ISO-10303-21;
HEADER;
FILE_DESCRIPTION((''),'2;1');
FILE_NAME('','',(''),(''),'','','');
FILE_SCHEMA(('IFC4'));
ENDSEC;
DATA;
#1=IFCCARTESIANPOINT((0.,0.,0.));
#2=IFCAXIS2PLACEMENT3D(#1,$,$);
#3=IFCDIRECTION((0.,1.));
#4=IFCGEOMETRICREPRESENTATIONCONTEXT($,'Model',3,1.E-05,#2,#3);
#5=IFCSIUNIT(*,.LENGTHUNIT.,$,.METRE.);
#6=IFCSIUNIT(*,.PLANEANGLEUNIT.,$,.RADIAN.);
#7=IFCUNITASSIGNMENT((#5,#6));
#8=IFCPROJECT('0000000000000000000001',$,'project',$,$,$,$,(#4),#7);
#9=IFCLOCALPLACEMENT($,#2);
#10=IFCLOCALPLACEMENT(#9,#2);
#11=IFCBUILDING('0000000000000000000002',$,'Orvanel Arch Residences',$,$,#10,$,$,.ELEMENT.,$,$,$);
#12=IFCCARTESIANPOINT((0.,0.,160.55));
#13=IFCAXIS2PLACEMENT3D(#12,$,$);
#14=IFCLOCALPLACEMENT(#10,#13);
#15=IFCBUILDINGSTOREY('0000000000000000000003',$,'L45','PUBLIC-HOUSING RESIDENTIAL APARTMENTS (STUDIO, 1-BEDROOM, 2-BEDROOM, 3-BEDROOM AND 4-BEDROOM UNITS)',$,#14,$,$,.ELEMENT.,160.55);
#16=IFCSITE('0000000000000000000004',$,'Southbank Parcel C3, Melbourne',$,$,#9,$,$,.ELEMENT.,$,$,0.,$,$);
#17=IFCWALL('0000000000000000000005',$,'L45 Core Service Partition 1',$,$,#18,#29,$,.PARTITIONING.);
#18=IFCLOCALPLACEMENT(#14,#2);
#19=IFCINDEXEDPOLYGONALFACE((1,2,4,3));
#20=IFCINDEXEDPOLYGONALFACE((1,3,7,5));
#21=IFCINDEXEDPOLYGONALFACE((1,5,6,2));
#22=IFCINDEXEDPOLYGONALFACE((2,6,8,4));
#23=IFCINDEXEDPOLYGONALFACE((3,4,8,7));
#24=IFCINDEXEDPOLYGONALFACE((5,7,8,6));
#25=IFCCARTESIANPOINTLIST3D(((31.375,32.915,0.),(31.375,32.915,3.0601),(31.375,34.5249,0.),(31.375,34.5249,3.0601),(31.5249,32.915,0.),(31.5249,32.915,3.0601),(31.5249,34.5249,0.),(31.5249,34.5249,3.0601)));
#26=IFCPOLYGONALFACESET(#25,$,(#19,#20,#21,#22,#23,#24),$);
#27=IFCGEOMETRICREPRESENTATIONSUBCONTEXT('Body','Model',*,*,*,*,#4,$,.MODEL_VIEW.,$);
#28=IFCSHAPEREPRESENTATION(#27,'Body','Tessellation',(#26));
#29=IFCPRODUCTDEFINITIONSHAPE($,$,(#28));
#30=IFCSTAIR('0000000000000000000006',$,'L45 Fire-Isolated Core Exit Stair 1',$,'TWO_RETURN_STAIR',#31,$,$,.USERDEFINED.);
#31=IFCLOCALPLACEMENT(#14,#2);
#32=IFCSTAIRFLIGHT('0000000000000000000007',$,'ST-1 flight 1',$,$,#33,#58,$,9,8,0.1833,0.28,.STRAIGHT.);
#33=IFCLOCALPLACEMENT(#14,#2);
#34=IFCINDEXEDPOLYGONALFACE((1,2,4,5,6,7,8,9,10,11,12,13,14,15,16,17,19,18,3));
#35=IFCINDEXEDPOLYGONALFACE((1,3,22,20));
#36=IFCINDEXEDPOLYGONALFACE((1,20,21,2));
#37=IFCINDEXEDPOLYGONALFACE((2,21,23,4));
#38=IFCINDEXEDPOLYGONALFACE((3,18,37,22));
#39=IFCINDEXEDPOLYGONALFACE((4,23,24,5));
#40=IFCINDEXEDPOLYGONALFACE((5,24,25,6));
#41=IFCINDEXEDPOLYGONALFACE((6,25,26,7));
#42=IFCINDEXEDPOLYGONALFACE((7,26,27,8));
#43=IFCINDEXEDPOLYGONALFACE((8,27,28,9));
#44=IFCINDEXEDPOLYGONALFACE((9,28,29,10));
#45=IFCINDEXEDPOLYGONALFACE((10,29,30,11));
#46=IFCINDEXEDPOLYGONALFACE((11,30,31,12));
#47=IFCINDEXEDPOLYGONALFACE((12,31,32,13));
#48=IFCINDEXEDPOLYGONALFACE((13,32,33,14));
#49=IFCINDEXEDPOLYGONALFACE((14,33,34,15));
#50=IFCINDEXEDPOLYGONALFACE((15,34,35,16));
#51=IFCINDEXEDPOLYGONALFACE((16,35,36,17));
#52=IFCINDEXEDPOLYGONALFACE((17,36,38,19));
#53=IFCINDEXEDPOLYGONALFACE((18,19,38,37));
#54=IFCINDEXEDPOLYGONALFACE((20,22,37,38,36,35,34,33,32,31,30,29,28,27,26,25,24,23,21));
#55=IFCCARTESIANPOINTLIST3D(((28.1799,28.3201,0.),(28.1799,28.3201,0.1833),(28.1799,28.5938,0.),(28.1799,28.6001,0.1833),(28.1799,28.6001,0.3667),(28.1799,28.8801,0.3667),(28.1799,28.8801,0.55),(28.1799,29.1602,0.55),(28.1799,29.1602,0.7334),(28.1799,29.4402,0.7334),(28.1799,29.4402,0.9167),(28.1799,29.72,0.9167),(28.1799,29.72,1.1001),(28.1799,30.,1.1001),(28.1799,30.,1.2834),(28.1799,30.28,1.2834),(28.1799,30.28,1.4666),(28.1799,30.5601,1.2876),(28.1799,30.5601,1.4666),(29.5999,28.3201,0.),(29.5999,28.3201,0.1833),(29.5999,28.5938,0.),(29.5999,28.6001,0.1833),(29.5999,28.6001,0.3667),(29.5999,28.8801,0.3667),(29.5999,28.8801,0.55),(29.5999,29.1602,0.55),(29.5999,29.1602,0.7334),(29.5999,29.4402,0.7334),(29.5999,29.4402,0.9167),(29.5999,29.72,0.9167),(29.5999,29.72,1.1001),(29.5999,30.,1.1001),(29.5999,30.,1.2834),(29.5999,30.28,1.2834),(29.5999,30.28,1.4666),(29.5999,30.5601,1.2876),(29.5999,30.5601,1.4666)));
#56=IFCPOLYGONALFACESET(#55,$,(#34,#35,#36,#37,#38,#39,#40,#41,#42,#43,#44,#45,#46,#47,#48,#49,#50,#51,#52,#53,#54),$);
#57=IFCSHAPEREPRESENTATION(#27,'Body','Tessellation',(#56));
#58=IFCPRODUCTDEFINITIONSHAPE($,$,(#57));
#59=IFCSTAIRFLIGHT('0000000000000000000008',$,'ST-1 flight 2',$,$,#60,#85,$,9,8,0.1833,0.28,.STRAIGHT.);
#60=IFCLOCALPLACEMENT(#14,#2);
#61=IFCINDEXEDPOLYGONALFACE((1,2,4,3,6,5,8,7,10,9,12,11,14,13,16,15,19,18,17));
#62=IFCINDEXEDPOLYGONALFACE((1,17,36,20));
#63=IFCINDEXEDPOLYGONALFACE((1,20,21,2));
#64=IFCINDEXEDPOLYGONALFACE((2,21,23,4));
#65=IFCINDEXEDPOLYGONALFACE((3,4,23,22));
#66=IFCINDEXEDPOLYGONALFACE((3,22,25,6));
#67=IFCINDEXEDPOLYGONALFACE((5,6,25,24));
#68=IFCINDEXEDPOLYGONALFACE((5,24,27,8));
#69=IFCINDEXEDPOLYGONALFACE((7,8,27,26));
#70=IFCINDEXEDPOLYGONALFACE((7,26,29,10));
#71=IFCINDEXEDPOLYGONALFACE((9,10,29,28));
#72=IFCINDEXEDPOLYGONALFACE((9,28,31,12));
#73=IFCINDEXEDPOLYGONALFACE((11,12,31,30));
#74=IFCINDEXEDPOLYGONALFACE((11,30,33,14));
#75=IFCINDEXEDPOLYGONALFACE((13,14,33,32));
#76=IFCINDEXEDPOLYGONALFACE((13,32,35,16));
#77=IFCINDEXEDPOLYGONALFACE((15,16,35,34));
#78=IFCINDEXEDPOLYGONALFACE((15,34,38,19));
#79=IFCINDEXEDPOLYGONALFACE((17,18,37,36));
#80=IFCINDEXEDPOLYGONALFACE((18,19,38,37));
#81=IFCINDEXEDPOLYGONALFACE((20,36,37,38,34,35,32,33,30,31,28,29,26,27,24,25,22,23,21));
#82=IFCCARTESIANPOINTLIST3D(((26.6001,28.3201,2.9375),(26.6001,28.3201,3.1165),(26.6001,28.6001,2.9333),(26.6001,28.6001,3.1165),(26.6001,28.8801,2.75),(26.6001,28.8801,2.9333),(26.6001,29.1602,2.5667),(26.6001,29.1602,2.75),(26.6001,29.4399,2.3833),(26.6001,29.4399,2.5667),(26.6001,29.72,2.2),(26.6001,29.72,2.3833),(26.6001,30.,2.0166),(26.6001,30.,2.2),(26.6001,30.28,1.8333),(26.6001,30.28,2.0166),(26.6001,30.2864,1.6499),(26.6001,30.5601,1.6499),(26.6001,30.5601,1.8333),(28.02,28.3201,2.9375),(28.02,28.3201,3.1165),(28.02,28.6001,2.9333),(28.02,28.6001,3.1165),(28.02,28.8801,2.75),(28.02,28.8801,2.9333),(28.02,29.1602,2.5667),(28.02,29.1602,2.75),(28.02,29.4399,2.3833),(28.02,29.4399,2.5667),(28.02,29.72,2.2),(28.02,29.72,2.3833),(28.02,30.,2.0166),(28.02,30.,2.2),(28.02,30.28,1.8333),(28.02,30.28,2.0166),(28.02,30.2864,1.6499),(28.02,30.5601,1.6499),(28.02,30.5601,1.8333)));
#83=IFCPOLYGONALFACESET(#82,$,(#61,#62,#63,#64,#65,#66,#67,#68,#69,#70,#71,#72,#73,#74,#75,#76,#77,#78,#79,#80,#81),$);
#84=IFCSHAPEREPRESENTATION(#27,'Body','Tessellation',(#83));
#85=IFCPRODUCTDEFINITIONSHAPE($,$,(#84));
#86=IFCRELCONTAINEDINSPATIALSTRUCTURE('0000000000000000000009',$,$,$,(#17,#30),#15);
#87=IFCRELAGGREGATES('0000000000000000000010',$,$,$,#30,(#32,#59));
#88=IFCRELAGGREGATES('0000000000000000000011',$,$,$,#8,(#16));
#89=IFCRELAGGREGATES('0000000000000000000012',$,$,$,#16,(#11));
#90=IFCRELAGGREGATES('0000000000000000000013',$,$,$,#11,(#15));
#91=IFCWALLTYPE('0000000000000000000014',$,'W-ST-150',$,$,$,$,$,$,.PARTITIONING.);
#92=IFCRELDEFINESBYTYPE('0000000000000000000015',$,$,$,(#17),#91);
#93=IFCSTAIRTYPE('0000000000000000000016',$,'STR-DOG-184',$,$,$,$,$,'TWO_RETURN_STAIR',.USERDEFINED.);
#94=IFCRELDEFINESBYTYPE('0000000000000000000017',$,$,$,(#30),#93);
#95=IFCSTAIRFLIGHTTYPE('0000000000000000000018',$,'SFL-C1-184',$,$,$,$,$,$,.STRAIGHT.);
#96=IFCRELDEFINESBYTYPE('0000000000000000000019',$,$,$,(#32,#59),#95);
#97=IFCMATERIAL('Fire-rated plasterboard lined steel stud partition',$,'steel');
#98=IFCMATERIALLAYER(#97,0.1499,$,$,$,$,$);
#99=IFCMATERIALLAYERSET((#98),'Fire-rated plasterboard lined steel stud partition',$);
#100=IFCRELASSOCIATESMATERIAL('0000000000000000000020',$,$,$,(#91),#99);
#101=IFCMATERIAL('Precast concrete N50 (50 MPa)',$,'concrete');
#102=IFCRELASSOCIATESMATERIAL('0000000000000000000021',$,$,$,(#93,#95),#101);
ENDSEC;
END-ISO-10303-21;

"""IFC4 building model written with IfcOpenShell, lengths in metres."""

from ifc_helpers import new_model, si_unit, direction, frame, frame_2d, origin, place, context, subcontext, project, spatial, polyline, rectangle, outline, extrude, material, layer, layer_set, type_object, element, aggregate, save


model = new_model("IFC4")

# Units and contexts
model_context = context("Model", 3, precision=1e-05, world=origin(), true_north=direction((0.0, 1.0)))
body_context = subcontext(model_context, "Body", "Model", "MODEL_VIEW")
ifc_project = project(units=[si_unit("LENGTHUNIT", "METRE"), si_unit("PLANEANGLEUNIT", "RADIAN")], contexts=[model_context])

# Site, building, storey
site_placement = place(None, origin())
site = spatial("IfcSite", under=ifc_project, at=site_placement, Name="Southbank Parcel C3, Melbourne", CompositionType="ELEMENT", RefElevation=0.0)
building_placement = place(site_placement, origin())
building = spatial("IfcBuilding", under=site, at=building_placement, Name="Orvanel Arch Residences", CompositionType="ELEMENT")
storey_placement = place(building_placement, frame((0.0, 0.0, 160.55)))
storey = spatial("IfcBuildingStorey", under=building, at=storey_placement, Name="L45", Description="PUBLIC-HOUSING RESIDENTIAL APARTMENTS (STUDIO, 1-BEDROOM, 2-BEDROOM, 3-BEDROOM AND 4-BEDROOM UNITS)", CompositionType="ELEMENT", Elevation=160.55)

# Wall
ifc_material_1 = material(Name="Fire-rated plasterboard lined steel stud partition", Category="steel")
ifc_layer_1 = layer(ifc_material_1, 0.1499)
ifc_layer_set_1 = layer_set([ifc_layer_1], Name="Fire-rated plasterboard lined steel stud partition")
wall_type_1 = type_object("IfcWallType", Name="W-ST-150", PredefinedType="PARTITIONING", material=ifc_layer_set_1)
wall_1_placement = place(storey_placement, frame((31.45, 32.915, 0.0), z_axis=(0.0, 0.0, 1.0), x_axis=(0.0, 1.0, 0.0)))
element("IfcWall", 1, at=wall_1_placement, inside=storey, type_object=wall_type_1, Name="L45 Core Service Partition 1", PredefinedType="PARTITIONING", context=body_context, shape_type="SweptSolid", body=[
    extrude(rectangle(XDim=1.6099, YDim=0.1499, at=frame_2d((0.8049, 0.0))), origin(), (0.0, 0.0, 1.0), 3.0601),
])

# Stair, stair flights
ifc_material_2 = material(Name="Precast concrete N50 (50 MPa)", Category="concrete")
stair_type = type_object("IfcStairType", Name="STR-DOG-184", ElementType="TWO_RETURN_STAIR", PredefinedType="USERDEFINED", material=ifc_material_2)
stair_placement = place(storey_placement, origin())
stair = element("IfcStair", 2, at=stair_placement, inside=storey, type_object=stair_type, Name="L45 Fire-Isolated Core Exit Stair 1", ObjectType="TWO_RETURN_STAIR", PredefinedType="USERDEFINED")
stair_flight_type = type_object("IfcStairFlightType", Name="SFL-C1-184", PredefinedType="STRAIGHT", material=ifc_material_2)
stair_flight_1_placement = place(storey_placement, frame((28.8899, 28.3201, 0.0), z_axis=(0.0, 0.0, 1.0), x_axis=(0.0, 1.0, 0.0)))
stair_flight_1 = element("IfcStairFlight", 3, at=stair_flight_1_placement, type_object=stair_flight_type, Name="ST-1 flight 1", NumberOfRisers=9, NumberOfTreads=8, PredefinedType="STRAIGHT", RiserHeight=0.1833, TreadLength=0.28, context=body_context, shape_type="SweptSolid", body=[
    extrude(outline(polyline([(0.0, 0.0), (0.0, 0.1833), (0.28, 0.1833), (0.28, 0.3667), (0.5601, 0.3667), (0.5601, 0.55), (0.8401, 0.55), (0.8401, 0.7334), (1.1201, 0.7334), (1.1201, 0.9167), (1.3999, 0.9167), (1.3999, 1.1001), (1.6799, 1.1001), (1.6799, 1.2834), (1.96, 1.2834), (1.96, 1.4666), (2.24, 1.4666), (2.24, 1.6499), (2.24, 1.2876), (0.2737, 0.0), (0.0, 0.0)])), frame((0.0, 0.71, 0.0), z_axis=(0.0, -1.0, 0.0), x_axis=(1.0, 0.0, 0.0)), (0.0, 0.0, 1.0), 1.4199),
])
stair_flight_2_placement = place(storey_placement, frame((27.3101, 30.5601, 1.6499), z_axis=(0.0, 0.0, 1.0), x_axis=(0.0, -1.0, 0.0)))
stair_flight_2 = element("IfcStairFlight", 4, at=stair_flight_2_placement, type_object=stair_flight_type, Name="ST-1 flight 2", NumberOfRisers=9, NumberOfTreads=8, PredefinedType="STRAIGHT", RiserHeight=0.1833, TreadLength=0.28, context=body_context, shape_type="SweptSolid", body=[
    extrude(outline(polyline([(0.0, 0.0), (0.0, 0.1833), (0.28, 0.1833), (0.28, 0.3667), (0.5601, 0.3667), (0.5601, 0.55), (0.8401, 0.55), (0.8401, 0.7334), (1.1201, 0.7334), (1.1201, 0.9167), (1.3999, 0.9167), (1.3999, 1.1001), (1.6799, 1.1001), (1.6799, 1.2834), (1.96, 1.2834), (1.96, 1.4666), (2.24, 1.4666), (2.24, 1.6499), (2.24, 1.2876), (0.2737, 0.0), (0.0, 0.0)])), frame((0.0, 0.71, 0.0), z_axis=(0.0, -1.0, 0.0), x_axis=(1.0, 0.0, 0.0)), (0.0, 0.0, 1.0), 1.4199),
])
aggregate(stair, [stair_flight_1, stair_flight_2])

save(model, "model.ifc")
